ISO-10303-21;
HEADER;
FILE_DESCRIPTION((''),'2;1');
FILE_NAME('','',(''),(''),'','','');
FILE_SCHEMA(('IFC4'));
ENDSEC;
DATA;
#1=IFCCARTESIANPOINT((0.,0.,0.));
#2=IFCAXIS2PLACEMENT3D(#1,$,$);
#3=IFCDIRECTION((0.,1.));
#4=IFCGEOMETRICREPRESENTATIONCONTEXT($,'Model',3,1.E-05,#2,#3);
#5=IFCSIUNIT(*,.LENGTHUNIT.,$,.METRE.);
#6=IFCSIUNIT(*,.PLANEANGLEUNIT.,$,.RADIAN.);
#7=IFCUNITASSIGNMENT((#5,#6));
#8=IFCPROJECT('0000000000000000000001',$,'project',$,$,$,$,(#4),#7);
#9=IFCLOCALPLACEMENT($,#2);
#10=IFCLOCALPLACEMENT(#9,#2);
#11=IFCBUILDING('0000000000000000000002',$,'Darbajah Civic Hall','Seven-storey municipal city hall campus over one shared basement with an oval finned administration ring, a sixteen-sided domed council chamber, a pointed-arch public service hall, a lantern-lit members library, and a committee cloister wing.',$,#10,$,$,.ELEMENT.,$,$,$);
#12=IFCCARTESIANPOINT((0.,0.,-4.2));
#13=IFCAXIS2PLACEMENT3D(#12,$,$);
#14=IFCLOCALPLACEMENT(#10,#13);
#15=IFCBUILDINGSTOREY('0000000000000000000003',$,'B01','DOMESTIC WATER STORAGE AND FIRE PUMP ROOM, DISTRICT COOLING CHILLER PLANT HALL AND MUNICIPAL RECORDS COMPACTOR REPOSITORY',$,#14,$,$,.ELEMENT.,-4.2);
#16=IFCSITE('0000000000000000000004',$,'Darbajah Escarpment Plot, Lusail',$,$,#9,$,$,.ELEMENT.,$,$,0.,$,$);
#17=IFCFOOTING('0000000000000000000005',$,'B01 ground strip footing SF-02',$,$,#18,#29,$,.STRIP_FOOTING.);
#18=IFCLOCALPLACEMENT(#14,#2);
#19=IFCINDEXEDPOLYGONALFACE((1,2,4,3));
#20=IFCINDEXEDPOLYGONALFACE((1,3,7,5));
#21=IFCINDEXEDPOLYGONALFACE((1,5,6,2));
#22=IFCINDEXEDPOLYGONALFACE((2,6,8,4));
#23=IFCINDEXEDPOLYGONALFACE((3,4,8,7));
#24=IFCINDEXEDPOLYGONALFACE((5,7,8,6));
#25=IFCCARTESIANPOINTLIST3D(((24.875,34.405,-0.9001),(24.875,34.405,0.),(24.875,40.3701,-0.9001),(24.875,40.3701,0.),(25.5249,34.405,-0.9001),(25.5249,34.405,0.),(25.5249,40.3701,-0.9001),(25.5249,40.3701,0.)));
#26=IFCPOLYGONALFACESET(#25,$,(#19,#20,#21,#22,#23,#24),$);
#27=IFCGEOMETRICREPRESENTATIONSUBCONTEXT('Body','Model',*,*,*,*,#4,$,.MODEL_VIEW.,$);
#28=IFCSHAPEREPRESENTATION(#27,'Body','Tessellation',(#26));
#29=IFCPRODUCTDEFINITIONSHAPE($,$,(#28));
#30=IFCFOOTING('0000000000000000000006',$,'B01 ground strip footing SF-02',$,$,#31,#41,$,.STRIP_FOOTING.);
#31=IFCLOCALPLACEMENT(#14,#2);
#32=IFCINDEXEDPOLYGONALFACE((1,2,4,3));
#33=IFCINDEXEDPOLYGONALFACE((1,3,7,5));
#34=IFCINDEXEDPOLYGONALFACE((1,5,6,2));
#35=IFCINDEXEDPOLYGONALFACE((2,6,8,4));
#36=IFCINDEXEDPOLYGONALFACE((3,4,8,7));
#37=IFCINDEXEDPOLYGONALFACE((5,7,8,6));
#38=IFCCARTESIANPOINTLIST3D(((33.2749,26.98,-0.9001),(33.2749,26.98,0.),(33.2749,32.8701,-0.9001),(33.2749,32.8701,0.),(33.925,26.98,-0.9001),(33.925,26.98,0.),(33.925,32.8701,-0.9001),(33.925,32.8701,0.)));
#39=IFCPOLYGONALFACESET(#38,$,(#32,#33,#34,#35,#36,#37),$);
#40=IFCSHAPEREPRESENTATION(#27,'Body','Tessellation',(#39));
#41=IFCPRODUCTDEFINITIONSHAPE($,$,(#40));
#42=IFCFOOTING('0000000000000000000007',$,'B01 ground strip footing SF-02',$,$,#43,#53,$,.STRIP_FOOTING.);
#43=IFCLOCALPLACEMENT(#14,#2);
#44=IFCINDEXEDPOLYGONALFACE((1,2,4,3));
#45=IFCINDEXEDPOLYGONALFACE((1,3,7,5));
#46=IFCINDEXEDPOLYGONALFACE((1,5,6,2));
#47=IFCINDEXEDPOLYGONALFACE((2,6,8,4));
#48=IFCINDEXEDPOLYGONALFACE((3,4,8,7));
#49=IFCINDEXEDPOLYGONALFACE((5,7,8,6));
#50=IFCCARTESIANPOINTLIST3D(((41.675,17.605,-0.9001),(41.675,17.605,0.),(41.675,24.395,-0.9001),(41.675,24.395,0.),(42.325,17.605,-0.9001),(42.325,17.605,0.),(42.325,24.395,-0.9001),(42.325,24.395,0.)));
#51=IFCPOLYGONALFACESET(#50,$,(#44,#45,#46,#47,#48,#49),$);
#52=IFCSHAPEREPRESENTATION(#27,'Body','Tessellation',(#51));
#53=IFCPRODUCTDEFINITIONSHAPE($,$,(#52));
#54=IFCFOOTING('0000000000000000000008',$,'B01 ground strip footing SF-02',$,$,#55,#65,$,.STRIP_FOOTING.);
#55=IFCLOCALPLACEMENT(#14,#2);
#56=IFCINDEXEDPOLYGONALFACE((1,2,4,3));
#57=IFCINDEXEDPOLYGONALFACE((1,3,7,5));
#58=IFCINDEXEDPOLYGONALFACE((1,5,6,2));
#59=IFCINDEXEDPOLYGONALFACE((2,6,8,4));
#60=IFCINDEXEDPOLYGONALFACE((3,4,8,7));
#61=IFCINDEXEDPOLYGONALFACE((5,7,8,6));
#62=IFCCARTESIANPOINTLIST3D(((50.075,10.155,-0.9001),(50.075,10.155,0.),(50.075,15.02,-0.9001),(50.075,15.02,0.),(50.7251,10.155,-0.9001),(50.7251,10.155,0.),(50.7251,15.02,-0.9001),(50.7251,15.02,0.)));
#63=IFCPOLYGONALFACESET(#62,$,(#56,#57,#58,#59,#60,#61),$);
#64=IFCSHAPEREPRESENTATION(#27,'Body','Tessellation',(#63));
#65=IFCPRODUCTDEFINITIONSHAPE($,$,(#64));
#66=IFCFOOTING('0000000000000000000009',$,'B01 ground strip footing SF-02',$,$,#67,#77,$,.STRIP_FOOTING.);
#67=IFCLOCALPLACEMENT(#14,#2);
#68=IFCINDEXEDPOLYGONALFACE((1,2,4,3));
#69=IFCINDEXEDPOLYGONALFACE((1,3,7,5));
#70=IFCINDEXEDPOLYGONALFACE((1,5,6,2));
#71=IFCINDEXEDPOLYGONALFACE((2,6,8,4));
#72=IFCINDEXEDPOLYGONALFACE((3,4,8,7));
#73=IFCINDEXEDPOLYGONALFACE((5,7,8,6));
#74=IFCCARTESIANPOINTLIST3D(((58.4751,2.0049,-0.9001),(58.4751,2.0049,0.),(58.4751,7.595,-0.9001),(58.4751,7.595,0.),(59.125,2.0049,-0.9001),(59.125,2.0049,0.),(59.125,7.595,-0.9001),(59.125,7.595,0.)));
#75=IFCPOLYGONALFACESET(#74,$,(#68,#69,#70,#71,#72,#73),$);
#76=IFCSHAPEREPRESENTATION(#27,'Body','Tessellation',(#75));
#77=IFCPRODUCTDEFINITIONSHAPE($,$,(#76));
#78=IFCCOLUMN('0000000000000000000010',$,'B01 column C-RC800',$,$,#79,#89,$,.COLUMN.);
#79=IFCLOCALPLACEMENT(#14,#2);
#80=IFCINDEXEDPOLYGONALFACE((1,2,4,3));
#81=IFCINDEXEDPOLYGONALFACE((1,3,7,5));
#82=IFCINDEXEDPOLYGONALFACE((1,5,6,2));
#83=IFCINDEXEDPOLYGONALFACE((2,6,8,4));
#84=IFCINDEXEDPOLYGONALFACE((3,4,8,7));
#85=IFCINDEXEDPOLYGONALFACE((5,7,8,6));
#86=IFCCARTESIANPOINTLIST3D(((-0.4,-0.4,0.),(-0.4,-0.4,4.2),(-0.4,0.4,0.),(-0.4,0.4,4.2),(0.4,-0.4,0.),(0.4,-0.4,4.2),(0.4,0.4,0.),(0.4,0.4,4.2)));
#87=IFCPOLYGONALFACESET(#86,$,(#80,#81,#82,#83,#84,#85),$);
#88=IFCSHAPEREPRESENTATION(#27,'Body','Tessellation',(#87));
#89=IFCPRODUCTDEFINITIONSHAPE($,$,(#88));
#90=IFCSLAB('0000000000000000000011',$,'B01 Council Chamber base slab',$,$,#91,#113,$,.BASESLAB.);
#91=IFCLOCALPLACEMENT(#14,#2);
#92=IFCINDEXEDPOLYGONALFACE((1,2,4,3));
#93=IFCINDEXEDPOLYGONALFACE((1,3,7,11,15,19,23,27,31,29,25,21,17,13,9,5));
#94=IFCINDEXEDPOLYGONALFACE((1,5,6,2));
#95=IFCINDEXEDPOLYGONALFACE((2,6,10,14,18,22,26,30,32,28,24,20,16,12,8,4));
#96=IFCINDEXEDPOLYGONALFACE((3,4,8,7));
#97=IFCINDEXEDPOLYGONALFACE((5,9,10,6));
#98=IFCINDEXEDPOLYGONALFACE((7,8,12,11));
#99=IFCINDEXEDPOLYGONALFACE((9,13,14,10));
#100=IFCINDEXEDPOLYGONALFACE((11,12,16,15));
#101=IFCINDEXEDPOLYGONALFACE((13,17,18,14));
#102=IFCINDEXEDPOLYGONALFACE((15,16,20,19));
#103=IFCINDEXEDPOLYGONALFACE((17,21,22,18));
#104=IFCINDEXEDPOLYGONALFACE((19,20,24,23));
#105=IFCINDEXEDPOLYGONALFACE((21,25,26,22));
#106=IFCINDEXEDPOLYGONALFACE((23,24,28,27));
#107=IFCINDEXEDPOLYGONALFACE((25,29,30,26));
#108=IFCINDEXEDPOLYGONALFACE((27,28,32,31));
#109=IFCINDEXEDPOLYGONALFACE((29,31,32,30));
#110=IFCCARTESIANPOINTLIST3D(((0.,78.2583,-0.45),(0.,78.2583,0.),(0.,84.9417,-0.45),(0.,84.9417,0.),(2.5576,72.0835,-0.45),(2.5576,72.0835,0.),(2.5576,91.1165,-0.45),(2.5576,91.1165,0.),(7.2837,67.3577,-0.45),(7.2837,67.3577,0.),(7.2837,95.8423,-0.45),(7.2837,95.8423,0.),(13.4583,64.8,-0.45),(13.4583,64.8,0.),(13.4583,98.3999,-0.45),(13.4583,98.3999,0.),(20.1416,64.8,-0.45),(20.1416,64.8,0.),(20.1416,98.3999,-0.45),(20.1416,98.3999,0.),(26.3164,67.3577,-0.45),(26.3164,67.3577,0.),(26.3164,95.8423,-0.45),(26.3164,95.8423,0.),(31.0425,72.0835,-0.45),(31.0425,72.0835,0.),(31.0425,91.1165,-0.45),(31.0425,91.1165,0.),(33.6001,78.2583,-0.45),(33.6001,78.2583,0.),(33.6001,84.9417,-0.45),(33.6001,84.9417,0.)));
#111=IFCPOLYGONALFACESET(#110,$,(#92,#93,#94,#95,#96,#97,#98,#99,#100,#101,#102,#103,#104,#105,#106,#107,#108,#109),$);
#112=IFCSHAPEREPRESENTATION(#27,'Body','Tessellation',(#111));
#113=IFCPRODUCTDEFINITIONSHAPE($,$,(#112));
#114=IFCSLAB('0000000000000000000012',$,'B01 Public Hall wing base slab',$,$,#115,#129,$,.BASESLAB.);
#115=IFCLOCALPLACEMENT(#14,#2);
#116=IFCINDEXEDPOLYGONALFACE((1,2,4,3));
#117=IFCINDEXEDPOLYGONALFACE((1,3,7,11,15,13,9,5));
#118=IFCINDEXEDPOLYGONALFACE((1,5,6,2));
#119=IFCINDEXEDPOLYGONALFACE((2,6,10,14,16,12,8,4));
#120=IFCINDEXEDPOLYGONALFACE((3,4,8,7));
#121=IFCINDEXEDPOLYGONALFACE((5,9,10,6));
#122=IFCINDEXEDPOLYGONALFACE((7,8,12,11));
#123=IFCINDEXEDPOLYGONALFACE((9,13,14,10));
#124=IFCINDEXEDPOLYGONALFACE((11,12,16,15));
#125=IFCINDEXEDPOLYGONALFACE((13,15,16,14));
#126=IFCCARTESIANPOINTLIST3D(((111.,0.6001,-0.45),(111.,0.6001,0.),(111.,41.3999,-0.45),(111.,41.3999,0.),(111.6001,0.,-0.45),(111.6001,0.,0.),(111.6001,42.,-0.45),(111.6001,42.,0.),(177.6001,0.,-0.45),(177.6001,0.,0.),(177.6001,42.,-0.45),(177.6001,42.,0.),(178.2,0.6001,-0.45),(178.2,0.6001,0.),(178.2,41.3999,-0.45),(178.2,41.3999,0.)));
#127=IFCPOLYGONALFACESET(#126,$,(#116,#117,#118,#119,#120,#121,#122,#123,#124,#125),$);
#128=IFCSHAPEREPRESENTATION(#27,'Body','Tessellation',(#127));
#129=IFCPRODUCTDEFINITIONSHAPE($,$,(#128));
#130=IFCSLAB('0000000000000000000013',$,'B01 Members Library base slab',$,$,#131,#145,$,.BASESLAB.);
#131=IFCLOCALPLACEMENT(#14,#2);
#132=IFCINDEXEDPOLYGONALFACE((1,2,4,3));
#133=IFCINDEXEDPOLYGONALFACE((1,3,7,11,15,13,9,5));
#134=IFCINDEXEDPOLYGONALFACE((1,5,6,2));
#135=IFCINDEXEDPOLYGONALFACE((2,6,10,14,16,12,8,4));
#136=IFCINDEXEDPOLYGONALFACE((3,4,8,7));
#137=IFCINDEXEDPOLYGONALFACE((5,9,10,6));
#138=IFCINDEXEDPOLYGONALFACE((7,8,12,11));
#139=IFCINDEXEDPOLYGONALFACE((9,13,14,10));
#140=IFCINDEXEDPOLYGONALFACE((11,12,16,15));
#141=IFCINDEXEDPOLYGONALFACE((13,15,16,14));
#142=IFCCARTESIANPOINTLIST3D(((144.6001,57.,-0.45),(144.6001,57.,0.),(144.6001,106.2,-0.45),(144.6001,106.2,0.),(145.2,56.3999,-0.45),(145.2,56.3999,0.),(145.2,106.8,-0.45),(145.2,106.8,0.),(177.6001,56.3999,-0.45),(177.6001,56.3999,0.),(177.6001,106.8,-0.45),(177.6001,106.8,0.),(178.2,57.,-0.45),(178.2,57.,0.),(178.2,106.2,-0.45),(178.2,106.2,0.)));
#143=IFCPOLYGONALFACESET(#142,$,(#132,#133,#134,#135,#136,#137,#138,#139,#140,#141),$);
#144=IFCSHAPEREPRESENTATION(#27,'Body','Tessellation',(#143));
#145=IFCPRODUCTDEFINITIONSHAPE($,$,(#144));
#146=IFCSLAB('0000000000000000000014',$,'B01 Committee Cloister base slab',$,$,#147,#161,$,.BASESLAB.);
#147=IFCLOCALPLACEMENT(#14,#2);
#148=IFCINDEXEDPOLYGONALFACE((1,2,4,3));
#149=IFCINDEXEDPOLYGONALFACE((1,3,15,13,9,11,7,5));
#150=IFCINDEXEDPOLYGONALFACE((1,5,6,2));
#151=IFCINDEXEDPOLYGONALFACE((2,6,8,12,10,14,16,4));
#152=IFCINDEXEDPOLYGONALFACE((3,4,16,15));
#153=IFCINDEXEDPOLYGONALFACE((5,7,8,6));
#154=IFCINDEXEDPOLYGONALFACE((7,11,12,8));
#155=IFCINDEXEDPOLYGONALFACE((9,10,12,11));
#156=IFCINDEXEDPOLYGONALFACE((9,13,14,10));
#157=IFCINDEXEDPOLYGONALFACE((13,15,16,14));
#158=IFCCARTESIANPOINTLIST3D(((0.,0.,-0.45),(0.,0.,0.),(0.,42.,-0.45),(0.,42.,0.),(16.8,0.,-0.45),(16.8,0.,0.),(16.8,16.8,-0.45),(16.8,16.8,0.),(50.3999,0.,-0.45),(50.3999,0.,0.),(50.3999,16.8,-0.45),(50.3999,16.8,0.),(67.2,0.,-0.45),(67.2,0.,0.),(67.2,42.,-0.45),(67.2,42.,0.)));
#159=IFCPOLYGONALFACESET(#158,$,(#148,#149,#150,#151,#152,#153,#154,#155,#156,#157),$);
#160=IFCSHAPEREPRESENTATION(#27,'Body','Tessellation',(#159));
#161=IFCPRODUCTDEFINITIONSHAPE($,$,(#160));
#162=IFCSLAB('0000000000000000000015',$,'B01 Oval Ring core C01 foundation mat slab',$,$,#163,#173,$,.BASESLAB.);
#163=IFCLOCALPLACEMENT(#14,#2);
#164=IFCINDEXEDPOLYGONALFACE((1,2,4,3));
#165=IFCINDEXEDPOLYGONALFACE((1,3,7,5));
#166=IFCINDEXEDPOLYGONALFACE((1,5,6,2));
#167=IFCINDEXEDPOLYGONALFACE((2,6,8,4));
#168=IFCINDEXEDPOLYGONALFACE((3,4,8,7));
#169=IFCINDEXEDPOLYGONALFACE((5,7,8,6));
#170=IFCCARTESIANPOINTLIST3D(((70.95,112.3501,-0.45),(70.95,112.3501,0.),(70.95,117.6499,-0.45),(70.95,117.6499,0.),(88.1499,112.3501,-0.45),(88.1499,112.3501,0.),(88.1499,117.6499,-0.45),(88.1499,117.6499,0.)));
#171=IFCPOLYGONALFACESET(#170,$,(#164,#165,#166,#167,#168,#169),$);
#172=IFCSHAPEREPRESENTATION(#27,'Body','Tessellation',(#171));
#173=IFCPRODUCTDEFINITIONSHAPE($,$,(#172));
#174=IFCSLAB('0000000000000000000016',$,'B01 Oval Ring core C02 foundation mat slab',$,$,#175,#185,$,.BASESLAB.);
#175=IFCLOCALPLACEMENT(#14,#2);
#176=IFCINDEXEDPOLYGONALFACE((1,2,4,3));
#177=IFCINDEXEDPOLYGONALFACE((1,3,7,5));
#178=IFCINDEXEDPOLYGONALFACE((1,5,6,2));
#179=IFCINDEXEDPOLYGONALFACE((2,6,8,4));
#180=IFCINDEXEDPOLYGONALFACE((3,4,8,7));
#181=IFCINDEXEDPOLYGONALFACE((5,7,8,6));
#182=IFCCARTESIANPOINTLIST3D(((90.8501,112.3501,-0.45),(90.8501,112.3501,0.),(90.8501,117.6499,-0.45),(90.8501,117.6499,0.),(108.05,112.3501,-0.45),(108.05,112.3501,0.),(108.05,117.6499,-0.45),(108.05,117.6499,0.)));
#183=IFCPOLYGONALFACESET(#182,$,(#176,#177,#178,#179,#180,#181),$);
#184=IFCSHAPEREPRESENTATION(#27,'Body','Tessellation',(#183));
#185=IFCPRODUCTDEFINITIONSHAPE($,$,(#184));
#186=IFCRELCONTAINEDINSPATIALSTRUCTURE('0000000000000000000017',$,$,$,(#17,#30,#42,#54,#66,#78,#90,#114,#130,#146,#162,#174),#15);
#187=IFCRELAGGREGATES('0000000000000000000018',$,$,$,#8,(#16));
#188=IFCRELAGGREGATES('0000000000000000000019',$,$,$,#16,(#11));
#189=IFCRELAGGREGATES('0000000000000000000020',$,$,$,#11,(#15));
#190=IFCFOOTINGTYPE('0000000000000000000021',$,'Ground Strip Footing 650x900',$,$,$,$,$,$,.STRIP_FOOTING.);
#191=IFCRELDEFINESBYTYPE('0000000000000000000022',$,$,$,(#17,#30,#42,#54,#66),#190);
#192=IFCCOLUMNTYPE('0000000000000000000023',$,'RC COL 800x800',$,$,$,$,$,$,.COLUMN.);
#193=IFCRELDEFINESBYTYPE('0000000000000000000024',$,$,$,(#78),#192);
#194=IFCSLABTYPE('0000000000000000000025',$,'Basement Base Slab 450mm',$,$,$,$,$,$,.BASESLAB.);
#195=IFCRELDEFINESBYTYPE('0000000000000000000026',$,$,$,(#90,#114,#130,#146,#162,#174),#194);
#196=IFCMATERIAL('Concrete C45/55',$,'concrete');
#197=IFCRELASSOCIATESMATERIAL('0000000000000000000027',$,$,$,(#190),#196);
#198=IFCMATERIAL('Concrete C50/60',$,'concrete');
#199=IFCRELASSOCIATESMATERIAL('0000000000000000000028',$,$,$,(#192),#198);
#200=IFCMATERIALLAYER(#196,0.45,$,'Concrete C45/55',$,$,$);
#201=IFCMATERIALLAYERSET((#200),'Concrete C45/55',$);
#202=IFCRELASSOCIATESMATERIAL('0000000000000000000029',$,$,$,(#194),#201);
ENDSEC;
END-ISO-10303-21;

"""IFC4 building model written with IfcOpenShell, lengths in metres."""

from ifc_helpers import new_model, si_unit, direction, frame, origin, origin_with_axes, origin_2d, place, context, subcontext, project, spatial, polyline, rectangle, outline, extrude, material, layer, layer_set, material_profile, profile_set, type_object, element, save


model = new_model("IFC4")

# Units and contexts
model_context = context("Model", 3, precision=1e-05, world=origin(), true_north=direction((0.0, 1.0)))
body_context = subcontext(model_context, "Body", "Model", "MODEL_VIEW")
ifc_project = project(units=[si_unit("LENGTHUNIT", "METRE"), si_unit("PLANEANGLEUNIT", "RADIAN")], contexts=[model_context])

# Site, building, storey
site_placement = place(None, origin())
site = spatial("IfcSite", under=ifc_project, at=site_placement, Name="Darbajah Escarpment Plot, Lusail", CompositionType="ELEMENT", RefElevation=0.0)
building_placement = place(site_placement, origin())
building = spatial("IfcBuilding", under=site, at=building_placement, Name="Darbajah Civic Hall", Description="Seven-storey municipal city hall campus over one shared basement with an oval finned administration ring, a sixteen-sided domed council chamber, a pointed-arch public service hall, a lantern-lit members library, and a committee cloister wing.", CompositionType="ELEMENT")
storey_placement = place(building_placement, frame((0.0, 0.0, -4.2)))
storey = spatial("IfcBuildingStorey", under=building, at=storey_placement, Name="B01", Description="DOMESTIC WATER STORAGE AND FIRE PUMP ROOM, DISTRICT COOLING CHILLER PLANT HALL AND MUNICIPAL RECORDS COMPACTOR REPOSITORY", CompositionType="ELEMENT", Elevation=-4.2)

# Footings
ifc_material_1 = material(Name="Concrete C45/55", Category="concrete")
footing_type_1 = type_object("IfcFootingType", Name="Ground Strip Footing 650x900", PredefinedType="STRIP_FOOTING", material=ifc_material_1)
footing_1_placement = place(storey_placement, frame((0.0, 0.0, -0.9001)))
element("IfcFooting", 1, at=footing_1_placement, inside=storey, type_object=footing_type_1, Name="B01 ground strip footing SF-02", PredefinedType="STRIP_FOOTING", context=body_context, shape_type="SweptSolid", body=[
    extrude(outline(polyline([(25.5249, 34.405), (25.5249, 40.3701), (24.875, 40.3701), (24.875, 34.405), (25.5249, 34.405)])), origin(), (0.0, 0.0, 1.0), 0.9001),
])
footing_2_placement = place(storey_placement, frame((0.0, 0.0, -0.9001)))
element("IfcFooting", 2, at=footing_2_placement, inside=storey, type_object=footing_type_1, Name="B01 ground strip footing SF-02", PredefinedType="STRIP_FOOTING", context=body_context, shape_type="SweptSolid", body=[
    extrude(outline(polyline([(33.925, 26.98), (33.925, 32.8701), (33.2749, 32.8701), (33.2749, 26.98), (33.925, 26.98)])), origin(), (0.0, 0.0, 1.0), 0.9001),
])
footing_3_placement = place(storey_placement, frame((0.0, 0.0, -0.9001)))
element("IfcFooting", 3, at=footing_3_placement, inside=storey, type_object=footing_type_1, Name="B01 ground strip footing SF-02", PredefinedType="STRIP_FOOTING", context=body_context, shape_type="SweptSolid", body=[
    extrude(outline(polyline([(42.325, 17.605), (42.325, 24.395), (41.675, 24.395), (41.675, 17.605), (42.325, 17.605)])), origin(), (0.0, 0.0, 1.0), 0.9001),
])
footing_4_placement = place(storey_placement, frame((0.0, 0.0, -0.9001)))
element("IfcFooting", 4, at=footing_4_placement, inside=storey, type_object=footing_type_1, Name="B01 ground strip footing SF-02", PredefinedType="STRIP_FOOTING", context=body_context, shape_type="SweptSolid", body=[
    extrude(outline(polyline([(50.7251, 10.155), (50.7251, 15.02), (50.075, 15.02), (50.075, 10.155), (50.7251, 10.155)])), origin(), (0.0, 0.0, 1.0), 0.9001),
])
footing_5_placement = place(storey_placement, frame((0.0, 0.0, -0.9001)))
element("IfcFooting", 5, at=footing_5_placement, inside=storey, type_object=footing_type_1, Name="B01 ground strip footing SF-02", PredefinedType="STRIP_FOOTING", context=body_context, shape_type="SweptSolid", body=[
    extrude(outline(polyline([(59.125, 2.0049), (59.125, 7.595), (58.4751, 7.595), (58.4751, 2.0049), (59.125, 2.0049)])), origin(), (0.0, 0.0, 1.0), 0.9001),
])

# Column
ifc_material_2 = material(Name="Concrete C50/60", Category="concrete")
ifc_material_profile = material_profile(ifc_material_2, rectangle(XDim=0.8, YDim=0.8, at=origin_2d()), Name="RC COL 800x800")
ifc_profile_set = profile_set([ifc_material_profile], Name="Concrete C50/60")
column_type = type_object("IfcColumnType", Name="RC COL 800x800", PredefinedType="COLUMN", material=ifc_profile_set)
column_placement = place(storey_placement, origin_with_axes())
element("IfcColumn", 6, at=column_placement, inside=storey, type_object=column_type, Name="B01 column C-RC800", PredefinedType="COLUMN", context=body_context, shape_type="SweptSolid", body=[
    extrude(rectangle(XDim=0.8, YDim=0.8, at=origin_2d()), origin(), (0.0, 0.0, 1.0), 4.2),
])

# Slabs
ifc_layer_1 = layer(ifc_material_1, 0.45, Name="Concrete C45/55")
ifc_layer_set_1 = layer_set([ifc_layer_1], Name="Concrete C45/55")
slab_type_1 = type_object("IfcSlabType", Name="Basement Base Slab 450mm", PredefinedType="BASESLAB", material=ifc_layer_set_1)
slab_1_placement = place(storey_placement, frame((0.0, 0.0, -0.45)))
element("IfcSlab", 7, at=slab_1_placement, inside=storey, type_object=slab_type_1, Name="B01 Council Chamber base slab", PredefinedType="BASESLAB", context=body_context, shape_type="SweptSolid", body=[
    extrude(outline(polyline([(33.6001, 84.9417), (31.0425, 91.1165), (26.3164, 95.8423), (20.1416, 98.3999), (13.4583, 98.3999), (7.2837, 95.8423), (2.5576, 91.1165), (0.0, 84.9417), (0.0, 78.2583), (2.5576, 72.0835), (7.2837, 67.3577), (13.4583, 64.8), (20.1416, 64.8), (26.3164, 67.3577), (31.0425, 72.0835), (33.6001, 78.2583), (33.6001, 84.9417)])), origin(), (0.0, 0.0, 1.0), 0.45),
])
slab_2_placement = place(storey_placement, frame((0.0, 0.0, -0.45)))
element("IfcSlab", 8, at=slab_2_placement, inside=storey, type_object=slab_type_1, Name="B01 Public Hall wing base slab", PredefinedType="BASESLAB", context=body_context, shape_type="SweptSolid", body=[
    extrude(outline(polyline([(111.6001, 0.0), (177.6001, 0.0), (178.2, 0.6001), (178.2, 41.3999), (177.6001, 42.0), (111.6001, 42.0), (111.0, 41.3999), (111.0, 0.6001), (111.6001, 0.0)])), origin(), (0.0, 0.0, 1.0), 0.45),
])
slab_3_placement = place(storey_placement, frame((0.0, 0.0, -0.45)))
element("IfcSlab", 9, at=slab_3_placement, inside=storey, type_object=slab_type_1, Name="B01 Members Library base slab", PredefinedType="BASESLAB", context=body_context, shape_type="SweptSolid", body=[
    extrude(outline(polyline([(145.2, 56.3999), (177.6001, 56.3999), (178.2, 57.0), (178.2, 106.2), (177.6001, 106.8), (145.2, 106.8), (144.6001, 106.2), (144.6001, 57.0), (145.2, 56.3999)])), origin(), (0.0, 0.0, 1.0), 0.45),
])
slab_4_placement = place(storey_placement, frame((0.0, 0.0, -0.45)))
element("IfcSlab", 10, at=slab_4_placement, inside=storey, type_object=slab_type_1, Name="B01 Committee Cloister base slab", PredefinedType="BASESLAB", context=body_context, shape_type="SweptSolid", body=[
    extrude(outline(polyline([(0.0, 0.0), (16.8, 0.0), (16.8, 16.8), (50.3999, 16.8), (50.3999, 0.0), (67.2, 0.0), (67.2, 42.0), (0.0, 42.0), (0.0, 0.0)])), origin(), (0.0, 0.0, 1.0), 0.45),
])
slab_5_placement = place(storey_placement, frame((0.0, 0.0, -0.45)))
element("IfcSlab", 11, at=slab_5_placement, inside=storey, type_object=slab_type_1, Name="B01 Oval Ring core C01 foundation mat slab", PredefinedType="BASESLAB", context=body_context, shape_type="SweptSolid", body=[
    extrude(outline(polyline([(70.95, 112.3501), (88.1499, 112.3501), (88.1499, 117.6499), (70.95, 117.6499), (70.95, 112.3501)])), origin(), (0.0, 0.0, 1.0), 0.45),
])
slab_6_placement = place(storey_placement, frame((0.0, 0.0, -0.45)))
element("IfcSlab", 12, at=slab_6_placement, inside=storey, type_object=slab_type_1, Name="B01 Oval Ring core C02 foundation mat slab", PredefinedType="BASESLAB", context=body_context, shape_type="SweptSolid", body=[
    extrude(outline(polyline([(90.8501, 112.3501), (108.05, 112.3501), (108.05, 117.6499), (90.8501, 117.6499), (90.8501, 112.3501)])), origin(), (0.0, 0.0, 1.0), 0.45),
])

save(model, "model.ifc")
